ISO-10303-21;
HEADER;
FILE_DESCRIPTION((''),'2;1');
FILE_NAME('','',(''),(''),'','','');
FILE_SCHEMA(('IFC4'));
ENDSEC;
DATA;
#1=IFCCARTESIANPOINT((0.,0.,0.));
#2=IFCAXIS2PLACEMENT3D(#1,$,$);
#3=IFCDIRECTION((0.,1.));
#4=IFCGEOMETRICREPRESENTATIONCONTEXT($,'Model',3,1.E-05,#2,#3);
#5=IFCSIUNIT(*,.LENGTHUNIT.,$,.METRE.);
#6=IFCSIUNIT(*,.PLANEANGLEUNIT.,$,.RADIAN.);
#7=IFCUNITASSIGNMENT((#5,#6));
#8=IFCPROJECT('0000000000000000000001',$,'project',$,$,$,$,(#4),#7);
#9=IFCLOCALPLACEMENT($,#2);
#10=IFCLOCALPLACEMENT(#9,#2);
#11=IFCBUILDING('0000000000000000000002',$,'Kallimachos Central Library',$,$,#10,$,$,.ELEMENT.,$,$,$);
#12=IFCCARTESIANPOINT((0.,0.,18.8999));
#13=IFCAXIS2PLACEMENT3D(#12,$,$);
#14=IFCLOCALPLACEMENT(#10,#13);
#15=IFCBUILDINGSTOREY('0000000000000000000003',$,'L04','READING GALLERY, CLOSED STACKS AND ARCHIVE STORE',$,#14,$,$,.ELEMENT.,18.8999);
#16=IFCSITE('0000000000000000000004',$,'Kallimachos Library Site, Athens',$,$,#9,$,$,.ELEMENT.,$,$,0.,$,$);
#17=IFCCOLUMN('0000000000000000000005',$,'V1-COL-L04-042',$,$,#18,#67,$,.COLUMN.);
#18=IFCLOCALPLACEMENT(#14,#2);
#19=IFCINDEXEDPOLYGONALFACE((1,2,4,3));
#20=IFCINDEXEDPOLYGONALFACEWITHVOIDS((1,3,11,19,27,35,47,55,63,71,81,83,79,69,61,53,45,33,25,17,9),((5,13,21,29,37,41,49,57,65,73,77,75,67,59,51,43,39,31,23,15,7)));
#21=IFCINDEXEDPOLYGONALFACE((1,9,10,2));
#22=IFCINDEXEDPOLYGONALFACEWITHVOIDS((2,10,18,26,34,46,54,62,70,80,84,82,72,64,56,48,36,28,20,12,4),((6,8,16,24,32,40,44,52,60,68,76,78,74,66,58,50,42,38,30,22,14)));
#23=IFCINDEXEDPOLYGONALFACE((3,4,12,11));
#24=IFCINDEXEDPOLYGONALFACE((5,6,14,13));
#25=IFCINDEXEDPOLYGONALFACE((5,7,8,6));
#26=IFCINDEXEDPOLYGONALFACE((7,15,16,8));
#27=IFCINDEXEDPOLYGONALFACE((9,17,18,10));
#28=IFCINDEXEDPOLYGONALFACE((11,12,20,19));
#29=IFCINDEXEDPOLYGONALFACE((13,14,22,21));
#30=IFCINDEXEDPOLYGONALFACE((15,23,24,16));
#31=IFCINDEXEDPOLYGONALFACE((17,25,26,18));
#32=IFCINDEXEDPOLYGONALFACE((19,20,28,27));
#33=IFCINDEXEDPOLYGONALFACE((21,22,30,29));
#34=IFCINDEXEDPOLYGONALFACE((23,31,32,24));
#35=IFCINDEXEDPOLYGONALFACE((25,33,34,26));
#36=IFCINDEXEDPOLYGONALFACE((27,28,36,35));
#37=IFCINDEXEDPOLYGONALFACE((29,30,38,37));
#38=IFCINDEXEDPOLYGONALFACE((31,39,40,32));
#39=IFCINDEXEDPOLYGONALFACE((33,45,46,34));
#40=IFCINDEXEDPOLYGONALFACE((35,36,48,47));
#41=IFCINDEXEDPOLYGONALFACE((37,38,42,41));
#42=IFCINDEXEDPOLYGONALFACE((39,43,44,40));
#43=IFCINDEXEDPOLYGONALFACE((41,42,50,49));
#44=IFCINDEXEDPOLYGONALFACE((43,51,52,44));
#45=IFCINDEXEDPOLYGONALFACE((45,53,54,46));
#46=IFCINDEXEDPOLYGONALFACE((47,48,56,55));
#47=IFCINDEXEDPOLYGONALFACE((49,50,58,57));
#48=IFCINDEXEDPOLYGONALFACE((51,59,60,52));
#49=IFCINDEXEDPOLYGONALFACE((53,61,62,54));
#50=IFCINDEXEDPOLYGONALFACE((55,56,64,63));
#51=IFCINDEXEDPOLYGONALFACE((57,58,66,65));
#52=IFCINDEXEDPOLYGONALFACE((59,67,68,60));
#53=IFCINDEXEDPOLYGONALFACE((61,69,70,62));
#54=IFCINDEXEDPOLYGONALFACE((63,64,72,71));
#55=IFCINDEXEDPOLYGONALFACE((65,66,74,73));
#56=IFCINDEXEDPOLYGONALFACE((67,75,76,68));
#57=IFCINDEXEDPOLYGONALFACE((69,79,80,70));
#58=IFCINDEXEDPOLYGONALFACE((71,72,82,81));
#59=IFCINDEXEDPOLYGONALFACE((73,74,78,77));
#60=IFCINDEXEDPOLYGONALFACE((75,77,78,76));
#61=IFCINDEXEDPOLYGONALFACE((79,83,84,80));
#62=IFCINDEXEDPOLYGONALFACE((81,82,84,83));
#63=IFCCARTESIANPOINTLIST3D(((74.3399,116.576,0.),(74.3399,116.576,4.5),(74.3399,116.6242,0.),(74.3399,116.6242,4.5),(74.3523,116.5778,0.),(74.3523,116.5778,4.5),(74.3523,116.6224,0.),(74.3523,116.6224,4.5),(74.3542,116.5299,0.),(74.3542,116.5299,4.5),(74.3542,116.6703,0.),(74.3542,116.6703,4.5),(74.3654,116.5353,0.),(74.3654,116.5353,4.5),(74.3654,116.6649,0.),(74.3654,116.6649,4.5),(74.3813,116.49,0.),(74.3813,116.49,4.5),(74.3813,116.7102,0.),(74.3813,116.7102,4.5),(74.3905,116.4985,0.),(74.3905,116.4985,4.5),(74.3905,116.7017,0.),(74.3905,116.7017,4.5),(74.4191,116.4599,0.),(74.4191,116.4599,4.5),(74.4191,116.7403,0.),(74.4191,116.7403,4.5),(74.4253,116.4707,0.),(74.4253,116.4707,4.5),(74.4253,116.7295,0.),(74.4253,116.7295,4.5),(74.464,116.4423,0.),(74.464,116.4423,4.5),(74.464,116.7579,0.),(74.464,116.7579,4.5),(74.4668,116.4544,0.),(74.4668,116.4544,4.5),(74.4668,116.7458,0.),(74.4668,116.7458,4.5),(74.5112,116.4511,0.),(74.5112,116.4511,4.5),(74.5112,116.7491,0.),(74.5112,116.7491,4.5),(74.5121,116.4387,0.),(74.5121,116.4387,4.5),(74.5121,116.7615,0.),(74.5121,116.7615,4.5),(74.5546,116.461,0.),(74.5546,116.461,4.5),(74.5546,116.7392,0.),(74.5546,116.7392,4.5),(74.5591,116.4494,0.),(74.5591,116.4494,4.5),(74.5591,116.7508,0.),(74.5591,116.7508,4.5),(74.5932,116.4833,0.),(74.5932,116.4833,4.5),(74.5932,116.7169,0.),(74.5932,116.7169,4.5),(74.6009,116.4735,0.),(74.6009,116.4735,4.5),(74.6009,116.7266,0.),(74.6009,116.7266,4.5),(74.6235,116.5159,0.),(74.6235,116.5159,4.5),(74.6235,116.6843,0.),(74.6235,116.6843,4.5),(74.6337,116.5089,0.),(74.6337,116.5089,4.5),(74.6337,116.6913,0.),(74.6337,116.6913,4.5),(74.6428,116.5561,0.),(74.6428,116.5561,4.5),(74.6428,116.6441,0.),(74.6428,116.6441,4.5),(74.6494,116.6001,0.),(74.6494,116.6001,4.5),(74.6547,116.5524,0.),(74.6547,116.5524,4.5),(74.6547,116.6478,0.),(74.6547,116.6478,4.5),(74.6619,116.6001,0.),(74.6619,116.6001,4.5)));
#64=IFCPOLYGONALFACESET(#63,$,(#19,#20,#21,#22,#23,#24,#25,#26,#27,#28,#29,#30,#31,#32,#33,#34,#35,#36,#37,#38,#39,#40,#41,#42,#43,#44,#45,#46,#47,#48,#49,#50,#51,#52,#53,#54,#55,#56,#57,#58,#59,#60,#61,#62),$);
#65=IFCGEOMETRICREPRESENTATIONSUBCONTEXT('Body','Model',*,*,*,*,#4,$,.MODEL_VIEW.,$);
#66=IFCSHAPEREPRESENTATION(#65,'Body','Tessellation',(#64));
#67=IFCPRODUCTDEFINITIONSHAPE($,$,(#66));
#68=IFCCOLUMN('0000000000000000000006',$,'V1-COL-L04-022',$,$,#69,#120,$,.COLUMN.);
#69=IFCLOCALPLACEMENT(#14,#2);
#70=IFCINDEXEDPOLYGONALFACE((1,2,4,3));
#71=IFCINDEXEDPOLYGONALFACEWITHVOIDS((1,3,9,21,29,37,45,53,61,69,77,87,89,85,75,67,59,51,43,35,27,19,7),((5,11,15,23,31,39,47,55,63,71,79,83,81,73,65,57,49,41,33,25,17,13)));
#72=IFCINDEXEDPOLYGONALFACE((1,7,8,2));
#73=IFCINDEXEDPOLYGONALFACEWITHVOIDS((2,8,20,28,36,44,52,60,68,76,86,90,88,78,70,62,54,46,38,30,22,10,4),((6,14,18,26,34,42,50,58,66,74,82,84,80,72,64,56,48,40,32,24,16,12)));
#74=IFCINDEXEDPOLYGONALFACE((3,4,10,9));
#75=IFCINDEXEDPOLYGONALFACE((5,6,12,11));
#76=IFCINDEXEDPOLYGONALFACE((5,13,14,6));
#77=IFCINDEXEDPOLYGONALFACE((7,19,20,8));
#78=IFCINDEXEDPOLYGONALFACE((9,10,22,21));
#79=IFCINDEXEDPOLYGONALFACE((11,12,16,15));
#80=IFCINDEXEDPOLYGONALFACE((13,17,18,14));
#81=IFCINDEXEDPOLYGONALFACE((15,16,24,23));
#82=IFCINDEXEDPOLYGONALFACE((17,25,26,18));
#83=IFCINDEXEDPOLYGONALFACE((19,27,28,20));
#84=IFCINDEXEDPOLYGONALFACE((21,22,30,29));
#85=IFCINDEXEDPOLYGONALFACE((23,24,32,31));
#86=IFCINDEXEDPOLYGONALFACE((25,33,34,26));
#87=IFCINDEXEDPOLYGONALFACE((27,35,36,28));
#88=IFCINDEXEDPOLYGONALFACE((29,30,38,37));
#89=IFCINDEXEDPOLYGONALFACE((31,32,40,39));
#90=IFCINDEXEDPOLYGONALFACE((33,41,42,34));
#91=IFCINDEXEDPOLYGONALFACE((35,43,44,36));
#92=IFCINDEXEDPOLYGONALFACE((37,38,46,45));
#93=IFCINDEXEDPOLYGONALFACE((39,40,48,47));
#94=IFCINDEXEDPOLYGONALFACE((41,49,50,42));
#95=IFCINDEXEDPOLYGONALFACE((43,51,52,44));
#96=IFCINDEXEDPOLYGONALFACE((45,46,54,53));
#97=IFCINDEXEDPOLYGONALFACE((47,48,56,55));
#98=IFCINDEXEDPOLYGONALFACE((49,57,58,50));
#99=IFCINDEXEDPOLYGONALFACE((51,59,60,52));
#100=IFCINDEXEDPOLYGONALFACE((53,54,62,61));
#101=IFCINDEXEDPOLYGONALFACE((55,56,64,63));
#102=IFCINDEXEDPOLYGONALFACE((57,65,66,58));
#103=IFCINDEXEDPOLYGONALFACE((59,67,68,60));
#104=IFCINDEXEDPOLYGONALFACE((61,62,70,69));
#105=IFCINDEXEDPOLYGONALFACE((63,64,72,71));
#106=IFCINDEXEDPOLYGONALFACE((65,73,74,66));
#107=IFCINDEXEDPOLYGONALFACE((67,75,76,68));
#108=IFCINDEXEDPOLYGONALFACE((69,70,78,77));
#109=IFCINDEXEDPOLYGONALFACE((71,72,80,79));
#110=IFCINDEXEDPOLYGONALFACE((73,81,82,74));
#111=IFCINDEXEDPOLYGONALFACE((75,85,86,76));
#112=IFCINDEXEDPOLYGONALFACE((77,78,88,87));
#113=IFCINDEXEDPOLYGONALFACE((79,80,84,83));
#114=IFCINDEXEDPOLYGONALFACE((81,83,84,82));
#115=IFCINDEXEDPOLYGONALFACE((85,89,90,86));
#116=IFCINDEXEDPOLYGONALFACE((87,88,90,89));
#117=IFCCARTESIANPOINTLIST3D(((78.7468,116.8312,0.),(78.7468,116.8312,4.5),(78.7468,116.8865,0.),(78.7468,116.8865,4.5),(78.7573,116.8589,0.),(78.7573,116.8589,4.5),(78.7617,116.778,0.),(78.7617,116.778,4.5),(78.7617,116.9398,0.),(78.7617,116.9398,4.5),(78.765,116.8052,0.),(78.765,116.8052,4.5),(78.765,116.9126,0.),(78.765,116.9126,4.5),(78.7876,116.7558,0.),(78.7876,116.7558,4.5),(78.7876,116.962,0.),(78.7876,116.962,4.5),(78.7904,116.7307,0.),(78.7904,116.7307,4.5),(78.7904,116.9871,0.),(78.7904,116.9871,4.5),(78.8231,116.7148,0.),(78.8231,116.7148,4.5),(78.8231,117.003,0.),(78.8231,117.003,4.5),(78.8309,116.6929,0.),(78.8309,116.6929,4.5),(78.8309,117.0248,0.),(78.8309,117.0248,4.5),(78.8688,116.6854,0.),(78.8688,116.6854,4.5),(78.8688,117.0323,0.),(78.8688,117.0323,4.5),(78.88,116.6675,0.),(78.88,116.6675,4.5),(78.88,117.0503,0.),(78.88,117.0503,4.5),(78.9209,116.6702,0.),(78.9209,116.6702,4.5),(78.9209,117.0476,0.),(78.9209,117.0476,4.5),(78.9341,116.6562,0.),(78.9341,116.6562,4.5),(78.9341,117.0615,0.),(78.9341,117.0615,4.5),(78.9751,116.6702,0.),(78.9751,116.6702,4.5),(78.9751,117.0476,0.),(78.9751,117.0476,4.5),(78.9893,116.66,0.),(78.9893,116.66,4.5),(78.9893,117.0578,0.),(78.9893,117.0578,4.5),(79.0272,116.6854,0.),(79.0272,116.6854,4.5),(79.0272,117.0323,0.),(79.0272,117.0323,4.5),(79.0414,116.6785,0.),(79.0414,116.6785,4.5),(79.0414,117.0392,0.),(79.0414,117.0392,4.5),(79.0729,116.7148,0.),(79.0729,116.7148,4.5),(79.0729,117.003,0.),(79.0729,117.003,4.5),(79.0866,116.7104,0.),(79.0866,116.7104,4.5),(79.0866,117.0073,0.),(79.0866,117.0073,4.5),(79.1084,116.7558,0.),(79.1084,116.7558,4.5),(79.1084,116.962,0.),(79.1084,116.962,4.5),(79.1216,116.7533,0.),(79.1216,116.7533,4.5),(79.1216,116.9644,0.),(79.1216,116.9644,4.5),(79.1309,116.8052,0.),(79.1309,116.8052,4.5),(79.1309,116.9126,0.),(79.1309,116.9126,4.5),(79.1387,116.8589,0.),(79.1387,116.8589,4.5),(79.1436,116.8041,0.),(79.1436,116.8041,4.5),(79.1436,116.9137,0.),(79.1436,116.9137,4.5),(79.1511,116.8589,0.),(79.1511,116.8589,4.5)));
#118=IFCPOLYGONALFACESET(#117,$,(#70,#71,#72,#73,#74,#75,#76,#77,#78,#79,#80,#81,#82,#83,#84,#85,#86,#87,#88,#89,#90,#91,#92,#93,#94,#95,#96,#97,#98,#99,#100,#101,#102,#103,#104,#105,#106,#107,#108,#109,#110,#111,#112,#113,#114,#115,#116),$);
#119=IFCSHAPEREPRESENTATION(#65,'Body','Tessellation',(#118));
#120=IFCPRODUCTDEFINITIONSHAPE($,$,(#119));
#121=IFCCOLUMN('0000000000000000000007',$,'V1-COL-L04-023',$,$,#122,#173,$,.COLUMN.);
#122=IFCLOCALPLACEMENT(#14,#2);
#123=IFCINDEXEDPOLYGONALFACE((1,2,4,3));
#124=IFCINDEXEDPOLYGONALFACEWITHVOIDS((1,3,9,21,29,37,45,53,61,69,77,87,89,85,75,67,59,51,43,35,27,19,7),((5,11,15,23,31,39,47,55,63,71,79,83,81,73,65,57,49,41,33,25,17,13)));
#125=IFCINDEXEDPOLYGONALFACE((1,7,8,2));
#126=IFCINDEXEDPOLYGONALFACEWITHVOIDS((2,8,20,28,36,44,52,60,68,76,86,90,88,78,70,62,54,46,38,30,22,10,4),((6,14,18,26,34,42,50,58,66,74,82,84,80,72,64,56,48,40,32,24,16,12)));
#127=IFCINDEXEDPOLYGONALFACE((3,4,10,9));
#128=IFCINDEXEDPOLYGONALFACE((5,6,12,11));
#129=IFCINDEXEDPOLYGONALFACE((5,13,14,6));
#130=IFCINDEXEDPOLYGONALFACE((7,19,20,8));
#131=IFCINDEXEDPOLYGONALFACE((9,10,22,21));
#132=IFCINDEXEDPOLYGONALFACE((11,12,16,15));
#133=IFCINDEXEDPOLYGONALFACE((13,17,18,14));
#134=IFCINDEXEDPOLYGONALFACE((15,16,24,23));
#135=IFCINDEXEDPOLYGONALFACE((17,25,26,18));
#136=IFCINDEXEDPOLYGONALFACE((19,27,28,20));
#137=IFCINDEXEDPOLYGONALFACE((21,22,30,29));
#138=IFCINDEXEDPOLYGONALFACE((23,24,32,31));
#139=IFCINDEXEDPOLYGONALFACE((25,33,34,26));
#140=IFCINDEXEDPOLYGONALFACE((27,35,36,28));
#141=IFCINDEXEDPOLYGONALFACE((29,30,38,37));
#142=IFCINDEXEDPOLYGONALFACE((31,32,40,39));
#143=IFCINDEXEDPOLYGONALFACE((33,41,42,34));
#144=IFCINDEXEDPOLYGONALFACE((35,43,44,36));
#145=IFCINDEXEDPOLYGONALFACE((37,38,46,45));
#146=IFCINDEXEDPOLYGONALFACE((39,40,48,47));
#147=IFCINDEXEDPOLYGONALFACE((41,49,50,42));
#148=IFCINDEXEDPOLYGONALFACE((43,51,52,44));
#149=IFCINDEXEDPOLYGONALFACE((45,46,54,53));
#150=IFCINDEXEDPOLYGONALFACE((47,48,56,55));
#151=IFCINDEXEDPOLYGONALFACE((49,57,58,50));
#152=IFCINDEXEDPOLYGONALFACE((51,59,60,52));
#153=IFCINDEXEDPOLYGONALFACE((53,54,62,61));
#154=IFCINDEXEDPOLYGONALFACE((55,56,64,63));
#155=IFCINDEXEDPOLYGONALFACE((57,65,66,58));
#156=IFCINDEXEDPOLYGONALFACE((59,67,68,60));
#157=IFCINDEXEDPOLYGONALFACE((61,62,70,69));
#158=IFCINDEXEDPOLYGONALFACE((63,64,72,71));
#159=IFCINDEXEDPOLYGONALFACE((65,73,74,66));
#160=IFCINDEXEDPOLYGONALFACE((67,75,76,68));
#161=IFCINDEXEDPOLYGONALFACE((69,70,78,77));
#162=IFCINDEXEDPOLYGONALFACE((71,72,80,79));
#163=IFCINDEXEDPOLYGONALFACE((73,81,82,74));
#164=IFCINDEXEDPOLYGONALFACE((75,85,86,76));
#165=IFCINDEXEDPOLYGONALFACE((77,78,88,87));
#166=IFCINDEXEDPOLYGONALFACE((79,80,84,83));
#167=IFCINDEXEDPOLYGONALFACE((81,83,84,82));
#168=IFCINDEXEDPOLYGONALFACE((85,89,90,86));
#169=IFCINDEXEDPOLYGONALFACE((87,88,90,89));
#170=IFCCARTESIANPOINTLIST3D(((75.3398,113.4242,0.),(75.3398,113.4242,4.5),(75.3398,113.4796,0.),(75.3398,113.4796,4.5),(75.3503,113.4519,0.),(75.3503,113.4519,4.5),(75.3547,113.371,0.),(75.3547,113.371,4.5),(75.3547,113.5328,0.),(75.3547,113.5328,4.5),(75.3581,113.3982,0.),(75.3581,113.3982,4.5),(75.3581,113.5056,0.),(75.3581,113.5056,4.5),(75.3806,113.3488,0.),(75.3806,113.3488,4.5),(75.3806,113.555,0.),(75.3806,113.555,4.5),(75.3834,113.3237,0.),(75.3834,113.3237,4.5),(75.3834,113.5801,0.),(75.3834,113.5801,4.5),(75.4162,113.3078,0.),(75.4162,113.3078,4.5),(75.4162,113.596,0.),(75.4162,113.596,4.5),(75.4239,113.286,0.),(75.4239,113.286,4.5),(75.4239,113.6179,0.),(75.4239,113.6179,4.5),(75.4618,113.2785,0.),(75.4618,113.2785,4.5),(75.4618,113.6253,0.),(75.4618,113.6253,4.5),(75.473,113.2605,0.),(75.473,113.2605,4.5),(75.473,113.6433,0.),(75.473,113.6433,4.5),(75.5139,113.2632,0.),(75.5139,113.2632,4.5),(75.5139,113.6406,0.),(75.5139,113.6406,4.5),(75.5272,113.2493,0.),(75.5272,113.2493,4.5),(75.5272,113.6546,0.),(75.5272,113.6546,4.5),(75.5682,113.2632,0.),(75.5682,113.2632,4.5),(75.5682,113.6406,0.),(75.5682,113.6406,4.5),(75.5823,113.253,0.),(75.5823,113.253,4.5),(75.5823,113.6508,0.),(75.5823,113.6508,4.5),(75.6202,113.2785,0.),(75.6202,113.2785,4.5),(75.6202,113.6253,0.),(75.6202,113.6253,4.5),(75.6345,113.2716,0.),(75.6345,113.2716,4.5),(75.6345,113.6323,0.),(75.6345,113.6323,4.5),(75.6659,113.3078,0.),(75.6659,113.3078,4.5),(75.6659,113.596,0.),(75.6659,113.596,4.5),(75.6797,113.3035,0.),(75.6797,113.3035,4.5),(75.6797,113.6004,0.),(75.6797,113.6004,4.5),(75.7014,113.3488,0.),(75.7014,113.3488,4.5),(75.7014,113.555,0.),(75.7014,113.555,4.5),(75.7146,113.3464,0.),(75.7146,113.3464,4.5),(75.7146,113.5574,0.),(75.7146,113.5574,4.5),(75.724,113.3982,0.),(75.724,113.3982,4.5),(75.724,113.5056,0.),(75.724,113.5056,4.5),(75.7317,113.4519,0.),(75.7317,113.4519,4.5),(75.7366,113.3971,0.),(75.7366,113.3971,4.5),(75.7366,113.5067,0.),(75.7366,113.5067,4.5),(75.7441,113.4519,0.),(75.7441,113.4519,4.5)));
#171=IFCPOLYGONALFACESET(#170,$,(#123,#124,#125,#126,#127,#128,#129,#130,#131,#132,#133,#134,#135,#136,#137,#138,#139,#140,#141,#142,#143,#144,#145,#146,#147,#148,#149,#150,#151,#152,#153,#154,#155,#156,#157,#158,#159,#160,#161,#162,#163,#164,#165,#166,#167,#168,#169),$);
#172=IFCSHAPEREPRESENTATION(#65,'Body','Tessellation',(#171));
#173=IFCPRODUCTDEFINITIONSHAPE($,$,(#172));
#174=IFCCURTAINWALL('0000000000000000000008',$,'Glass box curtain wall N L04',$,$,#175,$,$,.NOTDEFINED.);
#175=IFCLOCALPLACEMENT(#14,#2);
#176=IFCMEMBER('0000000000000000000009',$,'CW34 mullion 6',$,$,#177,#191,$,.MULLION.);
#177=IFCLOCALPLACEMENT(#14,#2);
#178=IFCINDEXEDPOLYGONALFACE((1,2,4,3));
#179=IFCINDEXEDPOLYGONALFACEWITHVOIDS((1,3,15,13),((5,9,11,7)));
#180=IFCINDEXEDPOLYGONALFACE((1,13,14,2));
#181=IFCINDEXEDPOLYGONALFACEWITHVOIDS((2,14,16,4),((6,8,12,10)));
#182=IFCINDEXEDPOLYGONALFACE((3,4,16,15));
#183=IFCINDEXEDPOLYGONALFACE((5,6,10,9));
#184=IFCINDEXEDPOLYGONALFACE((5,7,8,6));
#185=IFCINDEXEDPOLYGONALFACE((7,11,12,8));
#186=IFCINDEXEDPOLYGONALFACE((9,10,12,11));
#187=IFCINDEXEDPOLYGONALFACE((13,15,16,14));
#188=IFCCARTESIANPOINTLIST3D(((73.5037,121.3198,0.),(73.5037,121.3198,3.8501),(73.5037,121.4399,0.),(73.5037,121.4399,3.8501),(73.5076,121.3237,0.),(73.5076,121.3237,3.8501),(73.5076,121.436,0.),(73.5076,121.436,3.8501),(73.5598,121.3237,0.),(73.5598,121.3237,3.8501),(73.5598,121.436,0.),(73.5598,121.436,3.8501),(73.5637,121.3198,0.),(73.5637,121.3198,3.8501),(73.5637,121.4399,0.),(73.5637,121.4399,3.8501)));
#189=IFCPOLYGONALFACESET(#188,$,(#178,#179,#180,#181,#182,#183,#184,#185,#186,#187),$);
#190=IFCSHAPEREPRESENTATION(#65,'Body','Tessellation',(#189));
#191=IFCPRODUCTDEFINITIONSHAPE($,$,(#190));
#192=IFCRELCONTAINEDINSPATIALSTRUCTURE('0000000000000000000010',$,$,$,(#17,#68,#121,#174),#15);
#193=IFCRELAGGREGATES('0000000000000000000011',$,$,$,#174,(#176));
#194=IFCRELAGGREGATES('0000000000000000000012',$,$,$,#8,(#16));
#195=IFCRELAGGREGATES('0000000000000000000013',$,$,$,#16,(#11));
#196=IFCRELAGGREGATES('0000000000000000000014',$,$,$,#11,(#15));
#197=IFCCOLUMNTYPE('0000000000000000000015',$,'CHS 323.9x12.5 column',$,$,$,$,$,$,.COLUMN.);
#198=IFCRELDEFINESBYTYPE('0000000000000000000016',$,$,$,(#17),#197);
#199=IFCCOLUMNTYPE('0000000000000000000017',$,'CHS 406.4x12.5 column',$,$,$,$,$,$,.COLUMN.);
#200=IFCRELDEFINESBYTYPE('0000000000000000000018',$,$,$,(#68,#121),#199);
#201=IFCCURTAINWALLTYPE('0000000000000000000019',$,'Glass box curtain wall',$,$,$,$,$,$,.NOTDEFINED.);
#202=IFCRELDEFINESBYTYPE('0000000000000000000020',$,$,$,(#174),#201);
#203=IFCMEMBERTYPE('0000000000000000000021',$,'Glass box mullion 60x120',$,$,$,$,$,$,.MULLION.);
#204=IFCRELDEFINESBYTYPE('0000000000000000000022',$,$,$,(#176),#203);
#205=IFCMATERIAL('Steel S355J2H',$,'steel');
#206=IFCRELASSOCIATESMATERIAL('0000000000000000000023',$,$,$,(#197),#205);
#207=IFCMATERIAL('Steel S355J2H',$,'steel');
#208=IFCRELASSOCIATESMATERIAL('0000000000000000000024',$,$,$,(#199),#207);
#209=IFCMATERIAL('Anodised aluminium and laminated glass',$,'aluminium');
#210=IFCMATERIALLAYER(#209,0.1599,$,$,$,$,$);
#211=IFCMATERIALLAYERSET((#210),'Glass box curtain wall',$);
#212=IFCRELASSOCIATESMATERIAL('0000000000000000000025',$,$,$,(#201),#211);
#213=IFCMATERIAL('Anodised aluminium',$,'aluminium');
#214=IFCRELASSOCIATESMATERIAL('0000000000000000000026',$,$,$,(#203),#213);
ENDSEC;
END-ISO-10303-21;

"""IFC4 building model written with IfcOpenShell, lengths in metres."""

from ifc_helpers import new_model, si_unit, direction, frame, origin, origin_2d, place, context, subcontext, project, spatial, hollow_rectangle, hollow_circle, extrude, material, layer, layer_set, material_profile, profile_set, type_object, element, aggregate, save


model = new_model("IFC4")

# Units and contexts
model_context = context("Model", 3, precision=1e-05, world=origin(), true_north=direction((0.0, 1.0)))
body_context = subcontext(model_context, "Body", "Model", "MODEL_VIEW")
ifc_project = project(units=[si_unit("LENGTHUNIT", "METRE"), si_unit("PLANEANGLEUNIT", "RADIAN")], contexts=[model_context])

# Site, building, storey
site_placement = place(None, origin())
site = spatial("IfcSite", under=ifc_project, at=site_placement, Name="Kallimachos Library Site, Athens", CompositionType="ELEMENT", RefElevation=0.0)
building_placement = place(site_placement, origin())
building = spatial("IfcBuilding", under=site, at=building_placement, Name="Kallimachos Central Library", CompositionType="ELEMENT")
storey_placement = place(building_placement, frame((0.0, 0.0, 18.8999)))
storey = spatial("IfcBuildingStorey", under=building, at=storey_placement, Name="L04", Description="READING GALLERY, CLOSED STACKS AND ARCHIVE STORE", CompositionType="ELEMENT", Elevation=18.8999)

# Columns
ifc_material_1 = material(Name="Steel S355J2H", Category="steel")
ifc_material_profile_1 = material_profile(ifc_material_1, hollow_circle(Radius=0.1619, WallThickness=0.0125, at=origin_2d()), Name="CHS 323.9x12.5")
ifc_profile_set_1 = profile_set([ifc_material_profile_1], Name="Steel S355J2H")
column_type_1 = type_object("IfcColumnType", Name="CHS 323.9x12.5 column", PredefinedType="COLUMN", material=ifc_profile_set_1)
column_placement = place(storey_placement, frame((74.5, 116.6001, 0.0), z_axis=(0.0, 0.0, 1.0), x_axis=(1.0, 0.0, 0.0)))
element("IfcColumn", 1, at=column_placement, inside=storey, type_object=column_type_1, Name="V1-COL-L04-042", PredefinedType="COLUMN", context=body_context, shape_type="SweptSolid", body=[
    extrude(hollow_circle(Radius=0.1619, WallThickness=0.0125, at=origin_2d()), origin(), (0.0, 0.0, 1.0), 4.5),
])
ifc_material_2 = material(Name="Steel S355J2H", Category="steel")
ifc_material_profile_2 = material_profile(ifc_material_2, hollow_circle(Radius=0.2031, WallThickness=0.0125, at=origin_2d()), Name="CHS 406.4x12.5")
ifc_profile_set_2 = profile_set([ifc_material_profile_2], Name="Steel S355J2H")
column_type_2 = type_object("IfcColumnType", Name="CHS 406.4x12.5 column", PredefinedType="COLUMN", material=ifc_profile_set_2)
for number, where, z_axis, x_axis, name in (
    (2, (78.948, 116.8589, 0.0), (0.0, 0.0, 1.0), (1.0, 0.0, 0.0), "V1-COL-L04-022"),
    (3, (75.541, 113.4519, 0.0), (0.0, 0.0, 1.0), (1.0, 0.0, 0.0), "V1-COL-L04-023"),
):
    element("IfcColumn", number, at=place(storey_placement, frame(where, z_axis=z_axis, x_axis=x_axis)), inside=storey, type_object=column_type_2, Name=name, PredefinedType="COLUMN", context=body_context, shape_type="SweptSolid", body=[
        extrude(hollow_circle(Radius=0.2031, WallThickness=0.0125, at=origin_2d()), origin(), (0.0, 0.0, 1.0), 4.5),
    ])

# Curtain wall, member
ifc_material_3 = material(Name="Anodised aluminium and laminated glass", Category="aluminium")
ifc_layer_1 = layer(ifc_material_3, 0.1599)
ifc_layer_set_1 = layer_set([ifc_layer_1], Name="Glass box curtain wall")
curtain_wall_type = type_object("IfcCurtainWallType", Name="Glass box curtain wall", PredefinedType="NOTDEFINED", material=ifc_layer_set_1)
curtain_wall_placement = place(storey_placement, origin())
curtain_wall = element("IfcCurtainWall", 4, at=curtain_wall_placement, inside=storey, type_object=curtain_wall_type, Name="Glass box curtain wall N L04", PredefinedType="NOTDEFINED")
ifc_material_4 = material(Name="Anodised aluminium", Category="aluminium")
ifc_material_profile_3 = material_profile(ifc_material_4, hollow_rectangle(XDim=0.0601, YDim=0.1201, WallThickness=0.0039, at=origin_2d()), Name="ALU MULLION 60x120")
ifc_profile_set_3 = profile_set([ifc_material_profile_3], Name="Anodised aluminium")
member_type_1 = type_object("IfcMemberType", Name="Glass box mullion 60x120", PredefinedType="MULLION", material=ifc_profile_set_3)
member_1_placement = place(storey_placement, frame((73.5337, 121.3799, 0.0), z_axis=(0.0, 0.0, 1.0), x_axis=(1.0, 0.0, 0.0)))
member_1 = element("IfcMember", 5, at=member_1_placement, type_object=member_type_1, Name="CW34 mullion 6", PredefinedType="MULLION", context=body_context, shape_type="SweptSolid", body=[
    extrude(hollow_rectangle(XDim=0.0601, YDim=0.1201, WallThickness=0.0039, at=origin_2d()), origin(), (0.0, 0.0, 1.0), 3.8501),
])

aggregate(curtain_wall, [member_1])

save(model, "model.ifc")
